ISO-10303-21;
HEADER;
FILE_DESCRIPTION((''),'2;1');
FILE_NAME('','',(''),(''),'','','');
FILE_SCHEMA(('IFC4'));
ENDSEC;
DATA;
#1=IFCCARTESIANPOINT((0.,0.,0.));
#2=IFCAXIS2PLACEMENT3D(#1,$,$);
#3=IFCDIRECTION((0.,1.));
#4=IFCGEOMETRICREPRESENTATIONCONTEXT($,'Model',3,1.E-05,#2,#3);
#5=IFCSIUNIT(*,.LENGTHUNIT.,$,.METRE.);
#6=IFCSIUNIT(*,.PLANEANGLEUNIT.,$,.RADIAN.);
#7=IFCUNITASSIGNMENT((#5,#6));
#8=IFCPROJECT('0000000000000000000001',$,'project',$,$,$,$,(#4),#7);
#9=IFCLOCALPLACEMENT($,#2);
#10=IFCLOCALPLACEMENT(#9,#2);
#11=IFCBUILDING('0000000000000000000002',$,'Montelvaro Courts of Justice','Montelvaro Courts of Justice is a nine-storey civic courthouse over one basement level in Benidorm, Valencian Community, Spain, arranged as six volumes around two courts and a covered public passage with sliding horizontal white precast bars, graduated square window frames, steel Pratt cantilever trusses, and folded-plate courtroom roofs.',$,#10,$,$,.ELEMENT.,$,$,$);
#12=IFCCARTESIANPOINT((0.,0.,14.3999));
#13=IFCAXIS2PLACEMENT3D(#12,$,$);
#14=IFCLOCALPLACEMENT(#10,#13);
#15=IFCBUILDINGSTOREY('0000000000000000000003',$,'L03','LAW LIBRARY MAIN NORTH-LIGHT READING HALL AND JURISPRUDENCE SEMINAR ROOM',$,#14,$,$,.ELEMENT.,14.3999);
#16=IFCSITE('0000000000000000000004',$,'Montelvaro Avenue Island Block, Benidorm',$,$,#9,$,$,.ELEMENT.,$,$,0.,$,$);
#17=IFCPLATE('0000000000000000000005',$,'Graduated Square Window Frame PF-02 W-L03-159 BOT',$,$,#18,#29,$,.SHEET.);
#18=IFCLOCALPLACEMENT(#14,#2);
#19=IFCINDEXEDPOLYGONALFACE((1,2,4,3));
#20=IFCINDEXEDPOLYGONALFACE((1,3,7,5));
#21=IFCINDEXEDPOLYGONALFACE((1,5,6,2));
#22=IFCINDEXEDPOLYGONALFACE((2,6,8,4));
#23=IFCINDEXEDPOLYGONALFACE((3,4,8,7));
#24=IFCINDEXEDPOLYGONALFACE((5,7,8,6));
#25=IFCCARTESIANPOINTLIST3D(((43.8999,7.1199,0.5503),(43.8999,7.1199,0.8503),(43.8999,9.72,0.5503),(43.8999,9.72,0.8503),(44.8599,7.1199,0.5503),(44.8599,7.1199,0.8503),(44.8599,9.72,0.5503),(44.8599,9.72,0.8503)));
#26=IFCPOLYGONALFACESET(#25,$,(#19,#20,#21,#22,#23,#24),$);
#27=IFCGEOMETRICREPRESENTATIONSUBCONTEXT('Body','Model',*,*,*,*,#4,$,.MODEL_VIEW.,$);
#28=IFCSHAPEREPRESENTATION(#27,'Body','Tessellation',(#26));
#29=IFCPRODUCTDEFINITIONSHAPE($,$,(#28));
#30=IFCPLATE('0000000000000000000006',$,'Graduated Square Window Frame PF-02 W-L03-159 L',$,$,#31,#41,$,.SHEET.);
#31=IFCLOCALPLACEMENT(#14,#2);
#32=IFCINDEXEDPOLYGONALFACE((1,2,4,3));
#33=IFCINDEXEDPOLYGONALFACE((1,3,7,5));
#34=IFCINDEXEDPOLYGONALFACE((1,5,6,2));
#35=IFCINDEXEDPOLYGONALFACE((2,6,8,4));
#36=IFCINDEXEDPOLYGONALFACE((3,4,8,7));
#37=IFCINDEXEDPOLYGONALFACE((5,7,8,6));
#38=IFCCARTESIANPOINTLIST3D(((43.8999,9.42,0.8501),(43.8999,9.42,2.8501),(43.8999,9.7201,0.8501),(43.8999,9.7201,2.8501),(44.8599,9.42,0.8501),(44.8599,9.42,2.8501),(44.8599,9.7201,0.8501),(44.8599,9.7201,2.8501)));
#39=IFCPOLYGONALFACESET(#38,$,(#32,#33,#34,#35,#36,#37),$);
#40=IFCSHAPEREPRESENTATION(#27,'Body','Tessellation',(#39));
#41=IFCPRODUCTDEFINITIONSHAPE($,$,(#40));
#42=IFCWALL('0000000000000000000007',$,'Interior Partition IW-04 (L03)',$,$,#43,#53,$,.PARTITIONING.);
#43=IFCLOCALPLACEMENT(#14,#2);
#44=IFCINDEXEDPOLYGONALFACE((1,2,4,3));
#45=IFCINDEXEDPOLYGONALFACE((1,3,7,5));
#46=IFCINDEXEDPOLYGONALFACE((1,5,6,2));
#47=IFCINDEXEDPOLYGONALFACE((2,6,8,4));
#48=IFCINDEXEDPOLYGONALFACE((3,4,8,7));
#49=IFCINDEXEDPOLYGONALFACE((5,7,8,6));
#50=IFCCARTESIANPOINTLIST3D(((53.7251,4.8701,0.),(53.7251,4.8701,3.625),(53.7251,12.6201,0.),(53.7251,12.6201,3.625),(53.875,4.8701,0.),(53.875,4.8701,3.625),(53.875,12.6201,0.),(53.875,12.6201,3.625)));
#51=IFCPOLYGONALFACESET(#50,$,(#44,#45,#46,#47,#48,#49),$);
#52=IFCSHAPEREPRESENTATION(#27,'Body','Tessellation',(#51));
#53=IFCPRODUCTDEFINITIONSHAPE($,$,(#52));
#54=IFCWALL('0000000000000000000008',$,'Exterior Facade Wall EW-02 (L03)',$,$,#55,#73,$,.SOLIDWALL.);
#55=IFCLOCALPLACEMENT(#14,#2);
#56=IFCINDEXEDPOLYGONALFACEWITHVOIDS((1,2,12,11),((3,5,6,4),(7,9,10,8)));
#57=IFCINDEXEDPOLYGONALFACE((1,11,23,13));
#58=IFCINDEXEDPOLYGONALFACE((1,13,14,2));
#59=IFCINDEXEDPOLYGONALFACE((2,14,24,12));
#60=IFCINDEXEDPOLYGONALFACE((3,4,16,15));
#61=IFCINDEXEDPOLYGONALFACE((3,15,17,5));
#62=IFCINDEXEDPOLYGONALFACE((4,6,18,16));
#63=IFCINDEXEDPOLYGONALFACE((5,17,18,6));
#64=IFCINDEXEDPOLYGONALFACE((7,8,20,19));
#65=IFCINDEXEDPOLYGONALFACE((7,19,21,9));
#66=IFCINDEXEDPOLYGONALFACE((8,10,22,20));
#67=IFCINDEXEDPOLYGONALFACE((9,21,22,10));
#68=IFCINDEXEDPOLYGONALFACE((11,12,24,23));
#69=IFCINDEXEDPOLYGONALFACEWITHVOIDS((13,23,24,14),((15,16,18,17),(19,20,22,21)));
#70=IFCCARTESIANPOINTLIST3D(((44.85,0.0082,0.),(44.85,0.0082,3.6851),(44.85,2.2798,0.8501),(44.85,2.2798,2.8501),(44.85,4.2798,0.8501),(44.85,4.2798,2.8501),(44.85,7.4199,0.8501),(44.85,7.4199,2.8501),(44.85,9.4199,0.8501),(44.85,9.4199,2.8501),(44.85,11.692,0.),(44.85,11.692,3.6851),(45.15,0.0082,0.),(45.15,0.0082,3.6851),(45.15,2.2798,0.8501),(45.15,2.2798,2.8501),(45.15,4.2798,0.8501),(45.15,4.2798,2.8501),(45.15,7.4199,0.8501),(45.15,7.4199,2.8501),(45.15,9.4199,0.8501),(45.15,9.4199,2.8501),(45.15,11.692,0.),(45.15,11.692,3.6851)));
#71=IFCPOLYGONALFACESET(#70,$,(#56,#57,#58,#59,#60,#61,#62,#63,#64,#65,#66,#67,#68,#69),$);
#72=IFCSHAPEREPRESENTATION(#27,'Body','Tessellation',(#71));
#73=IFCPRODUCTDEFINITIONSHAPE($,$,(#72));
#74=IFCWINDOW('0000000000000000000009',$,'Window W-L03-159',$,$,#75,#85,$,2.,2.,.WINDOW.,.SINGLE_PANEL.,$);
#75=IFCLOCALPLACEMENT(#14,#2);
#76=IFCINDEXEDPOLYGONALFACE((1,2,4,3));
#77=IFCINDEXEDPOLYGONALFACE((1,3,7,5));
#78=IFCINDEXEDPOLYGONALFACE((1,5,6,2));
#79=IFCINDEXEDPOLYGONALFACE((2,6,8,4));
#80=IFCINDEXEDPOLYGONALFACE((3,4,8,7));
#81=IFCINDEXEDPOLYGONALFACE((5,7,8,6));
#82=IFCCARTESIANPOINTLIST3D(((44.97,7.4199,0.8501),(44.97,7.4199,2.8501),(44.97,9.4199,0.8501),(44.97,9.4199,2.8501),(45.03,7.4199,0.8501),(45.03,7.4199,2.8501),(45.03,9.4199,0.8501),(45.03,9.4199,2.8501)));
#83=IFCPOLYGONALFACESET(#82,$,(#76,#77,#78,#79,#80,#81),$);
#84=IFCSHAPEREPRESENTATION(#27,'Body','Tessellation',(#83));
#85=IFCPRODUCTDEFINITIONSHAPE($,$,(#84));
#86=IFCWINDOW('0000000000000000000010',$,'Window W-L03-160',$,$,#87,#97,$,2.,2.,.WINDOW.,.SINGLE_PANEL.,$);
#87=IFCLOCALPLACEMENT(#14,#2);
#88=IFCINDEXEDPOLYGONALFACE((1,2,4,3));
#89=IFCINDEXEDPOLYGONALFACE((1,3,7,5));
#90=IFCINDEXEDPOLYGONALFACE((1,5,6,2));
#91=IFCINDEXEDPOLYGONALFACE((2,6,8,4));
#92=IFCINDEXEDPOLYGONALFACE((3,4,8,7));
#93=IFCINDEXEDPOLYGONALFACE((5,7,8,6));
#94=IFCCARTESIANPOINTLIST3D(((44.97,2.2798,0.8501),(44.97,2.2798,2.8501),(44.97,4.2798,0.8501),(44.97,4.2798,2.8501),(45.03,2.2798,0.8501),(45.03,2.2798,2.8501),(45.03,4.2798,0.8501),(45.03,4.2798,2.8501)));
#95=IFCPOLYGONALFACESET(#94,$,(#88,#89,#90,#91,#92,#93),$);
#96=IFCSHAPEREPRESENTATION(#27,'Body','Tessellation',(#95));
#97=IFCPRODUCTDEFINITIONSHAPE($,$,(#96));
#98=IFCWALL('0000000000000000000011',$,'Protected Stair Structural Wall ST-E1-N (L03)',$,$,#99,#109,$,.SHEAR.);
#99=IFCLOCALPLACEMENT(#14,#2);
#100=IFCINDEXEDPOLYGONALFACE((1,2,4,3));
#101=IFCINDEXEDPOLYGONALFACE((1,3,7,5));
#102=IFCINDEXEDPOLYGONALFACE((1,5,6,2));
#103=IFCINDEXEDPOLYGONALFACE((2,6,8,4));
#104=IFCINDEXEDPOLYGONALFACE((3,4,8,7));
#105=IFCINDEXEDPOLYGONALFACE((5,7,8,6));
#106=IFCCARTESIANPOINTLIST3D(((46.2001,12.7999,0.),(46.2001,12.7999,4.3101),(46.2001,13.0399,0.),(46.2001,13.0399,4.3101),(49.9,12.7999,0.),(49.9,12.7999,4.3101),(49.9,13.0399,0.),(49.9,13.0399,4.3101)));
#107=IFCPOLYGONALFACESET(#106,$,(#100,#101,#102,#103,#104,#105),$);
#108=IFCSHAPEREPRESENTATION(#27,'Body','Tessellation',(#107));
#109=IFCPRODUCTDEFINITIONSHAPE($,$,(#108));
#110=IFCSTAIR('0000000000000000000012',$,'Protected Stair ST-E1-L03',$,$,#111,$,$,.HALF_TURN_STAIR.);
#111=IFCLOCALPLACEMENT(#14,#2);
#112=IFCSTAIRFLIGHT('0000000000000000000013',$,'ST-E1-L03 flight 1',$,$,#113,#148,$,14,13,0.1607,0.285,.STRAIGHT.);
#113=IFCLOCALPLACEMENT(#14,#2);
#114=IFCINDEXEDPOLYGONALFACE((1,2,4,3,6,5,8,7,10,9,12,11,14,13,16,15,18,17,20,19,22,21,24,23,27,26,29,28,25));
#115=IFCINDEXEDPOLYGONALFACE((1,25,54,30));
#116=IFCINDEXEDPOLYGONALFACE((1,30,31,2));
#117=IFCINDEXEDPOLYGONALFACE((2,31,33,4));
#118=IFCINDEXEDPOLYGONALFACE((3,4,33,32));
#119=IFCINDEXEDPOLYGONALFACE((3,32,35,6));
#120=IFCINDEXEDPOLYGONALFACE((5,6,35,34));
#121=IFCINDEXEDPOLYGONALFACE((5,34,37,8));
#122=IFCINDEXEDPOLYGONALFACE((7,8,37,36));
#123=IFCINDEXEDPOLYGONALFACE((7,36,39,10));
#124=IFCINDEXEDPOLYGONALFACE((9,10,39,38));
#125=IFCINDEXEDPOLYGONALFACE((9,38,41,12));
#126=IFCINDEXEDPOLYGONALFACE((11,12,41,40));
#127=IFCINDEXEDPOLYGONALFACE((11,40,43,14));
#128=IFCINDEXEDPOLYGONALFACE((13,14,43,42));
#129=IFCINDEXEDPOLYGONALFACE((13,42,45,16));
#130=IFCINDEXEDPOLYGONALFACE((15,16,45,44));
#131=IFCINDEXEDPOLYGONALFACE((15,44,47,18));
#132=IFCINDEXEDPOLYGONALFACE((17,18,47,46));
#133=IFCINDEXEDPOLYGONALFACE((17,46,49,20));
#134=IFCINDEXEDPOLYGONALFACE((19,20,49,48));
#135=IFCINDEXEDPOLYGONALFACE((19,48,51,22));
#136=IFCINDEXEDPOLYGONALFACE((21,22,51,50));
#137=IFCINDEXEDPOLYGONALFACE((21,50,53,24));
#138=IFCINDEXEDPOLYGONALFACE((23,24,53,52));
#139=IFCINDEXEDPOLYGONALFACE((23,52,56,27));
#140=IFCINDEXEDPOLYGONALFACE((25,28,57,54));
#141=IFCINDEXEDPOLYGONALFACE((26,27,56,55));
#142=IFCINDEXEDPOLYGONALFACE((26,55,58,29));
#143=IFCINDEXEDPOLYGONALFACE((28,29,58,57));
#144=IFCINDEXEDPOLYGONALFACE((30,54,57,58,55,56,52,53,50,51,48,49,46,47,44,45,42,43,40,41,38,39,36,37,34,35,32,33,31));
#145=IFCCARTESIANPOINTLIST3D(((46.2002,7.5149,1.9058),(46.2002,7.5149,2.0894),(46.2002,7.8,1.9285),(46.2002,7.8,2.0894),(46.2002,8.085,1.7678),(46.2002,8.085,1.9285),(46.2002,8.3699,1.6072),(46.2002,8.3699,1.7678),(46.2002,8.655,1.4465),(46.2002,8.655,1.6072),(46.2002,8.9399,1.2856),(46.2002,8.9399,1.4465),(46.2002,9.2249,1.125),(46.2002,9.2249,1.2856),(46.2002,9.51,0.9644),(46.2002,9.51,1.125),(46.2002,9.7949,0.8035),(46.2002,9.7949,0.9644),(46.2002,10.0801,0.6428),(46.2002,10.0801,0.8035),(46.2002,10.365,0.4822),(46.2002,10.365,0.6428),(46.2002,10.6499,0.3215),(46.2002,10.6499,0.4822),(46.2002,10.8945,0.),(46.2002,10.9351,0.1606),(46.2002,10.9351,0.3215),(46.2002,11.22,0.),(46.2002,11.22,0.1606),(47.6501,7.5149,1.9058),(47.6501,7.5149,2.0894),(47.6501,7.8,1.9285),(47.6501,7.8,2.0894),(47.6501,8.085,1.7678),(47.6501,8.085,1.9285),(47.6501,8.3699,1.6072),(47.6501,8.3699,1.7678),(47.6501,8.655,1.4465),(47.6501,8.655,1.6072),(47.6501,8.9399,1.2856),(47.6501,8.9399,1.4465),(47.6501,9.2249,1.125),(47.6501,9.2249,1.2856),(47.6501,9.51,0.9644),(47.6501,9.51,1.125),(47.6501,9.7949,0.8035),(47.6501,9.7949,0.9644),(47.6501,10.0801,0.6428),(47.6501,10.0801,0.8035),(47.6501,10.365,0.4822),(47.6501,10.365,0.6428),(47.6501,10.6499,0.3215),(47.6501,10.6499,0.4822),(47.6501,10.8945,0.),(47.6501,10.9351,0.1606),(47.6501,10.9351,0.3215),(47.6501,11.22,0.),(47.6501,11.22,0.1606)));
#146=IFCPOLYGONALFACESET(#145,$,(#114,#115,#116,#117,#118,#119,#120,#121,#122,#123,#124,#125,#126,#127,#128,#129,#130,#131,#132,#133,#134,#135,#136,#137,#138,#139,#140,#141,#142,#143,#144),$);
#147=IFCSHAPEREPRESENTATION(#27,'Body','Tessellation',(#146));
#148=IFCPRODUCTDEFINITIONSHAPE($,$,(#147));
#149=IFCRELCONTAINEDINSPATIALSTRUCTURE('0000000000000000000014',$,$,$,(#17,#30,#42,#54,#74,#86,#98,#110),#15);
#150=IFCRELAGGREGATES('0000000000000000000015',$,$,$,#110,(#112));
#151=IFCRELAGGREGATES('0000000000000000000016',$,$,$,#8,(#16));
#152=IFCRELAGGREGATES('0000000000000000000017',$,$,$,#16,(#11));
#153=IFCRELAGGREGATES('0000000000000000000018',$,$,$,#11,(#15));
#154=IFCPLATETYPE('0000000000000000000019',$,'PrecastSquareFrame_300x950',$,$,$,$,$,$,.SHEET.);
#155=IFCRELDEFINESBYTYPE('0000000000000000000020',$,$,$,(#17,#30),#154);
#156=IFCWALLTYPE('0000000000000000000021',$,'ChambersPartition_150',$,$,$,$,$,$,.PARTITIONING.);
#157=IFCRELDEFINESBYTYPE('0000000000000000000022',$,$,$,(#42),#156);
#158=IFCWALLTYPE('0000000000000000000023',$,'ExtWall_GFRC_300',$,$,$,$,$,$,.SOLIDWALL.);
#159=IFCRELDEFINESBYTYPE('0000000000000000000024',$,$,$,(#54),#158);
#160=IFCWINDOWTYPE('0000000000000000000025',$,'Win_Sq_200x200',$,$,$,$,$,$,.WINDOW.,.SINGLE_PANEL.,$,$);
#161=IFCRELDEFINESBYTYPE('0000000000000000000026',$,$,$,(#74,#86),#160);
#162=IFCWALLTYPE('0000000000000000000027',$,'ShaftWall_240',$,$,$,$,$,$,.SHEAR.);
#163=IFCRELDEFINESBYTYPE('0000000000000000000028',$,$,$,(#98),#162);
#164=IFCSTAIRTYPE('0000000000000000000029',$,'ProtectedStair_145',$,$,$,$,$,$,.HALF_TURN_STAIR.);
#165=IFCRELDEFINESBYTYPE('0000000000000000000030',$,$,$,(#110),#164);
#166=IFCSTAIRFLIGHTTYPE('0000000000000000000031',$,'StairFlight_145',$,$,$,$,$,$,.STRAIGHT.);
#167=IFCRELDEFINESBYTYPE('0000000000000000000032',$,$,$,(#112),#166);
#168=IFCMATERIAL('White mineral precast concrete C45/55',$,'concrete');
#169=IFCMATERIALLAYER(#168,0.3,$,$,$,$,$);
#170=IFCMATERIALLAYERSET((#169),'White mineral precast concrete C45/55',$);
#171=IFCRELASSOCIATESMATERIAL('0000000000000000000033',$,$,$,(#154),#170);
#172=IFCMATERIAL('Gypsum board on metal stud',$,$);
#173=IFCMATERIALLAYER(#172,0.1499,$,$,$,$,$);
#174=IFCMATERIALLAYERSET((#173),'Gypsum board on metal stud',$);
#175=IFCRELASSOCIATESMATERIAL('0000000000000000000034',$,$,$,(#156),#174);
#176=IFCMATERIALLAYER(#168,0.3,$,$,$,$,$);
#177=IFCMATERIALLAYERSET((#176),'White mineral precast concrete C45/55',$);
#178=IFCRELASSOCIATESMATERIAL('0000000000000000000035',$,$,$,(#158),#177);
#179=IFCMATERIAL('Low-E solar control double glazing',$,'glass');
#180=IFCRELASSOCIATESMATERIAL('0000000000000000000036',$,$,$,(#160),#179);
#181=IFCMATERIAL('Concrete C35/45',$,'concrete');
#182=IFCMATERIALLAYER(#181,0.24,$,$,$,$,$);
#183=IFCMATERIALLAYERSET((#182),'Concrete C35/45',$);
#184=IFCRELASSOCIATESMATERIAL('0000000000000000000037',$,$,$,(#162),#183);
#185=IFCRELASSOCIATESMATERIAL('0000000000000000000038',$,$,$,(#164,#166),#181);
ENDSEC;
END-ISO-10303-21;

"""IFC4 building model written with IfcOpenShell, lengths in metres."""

from ifc_helpers import new_model, si_unit, direction, frame, frame_2d, origin, origin_2d, place, context, subcontext, project, spatial, polyline, rectangle, outline, extrude, material, layer, layer_set, type_object, element, fill, aggregate, save


model = new_model("IFC4")

# Units and contexts
model_context = context("Model", 3, precision=1e-05, world=origin(), true_north=direction((0.0, 1.0)))
body_context = subcontext(model_context, "Body", "Model", "MODEL_VIEW")
ifc_project = project(units=[si_unit("LENGTHUNIT", "METRE"), si_unit("PLANEANGLEUNIT", "RADIAN")], contexts=[model_context])

# Site, building, storey
site_placement = place(None, origin())
site = spatial("IfcSite", under=ifc_project, at=site_placement, Name="Montelvaro Avenue Island Block, Benidorm", CompositionType="ELEMENT", RefElevation=0.0)
building_placement = place(site_placement, origin())
building = spatial("IfcBuilding", under=site, at=building_placement, Name="Montelvaro Courts of Justice", Description="Montelvaro Courts of Justice is a nine-storey civic courthouse over one basement level in Benidorm, Valencian Community, Spain, arranged as six volumes around two courts and a covered public passage with sliding horizontal white precast bars, graduated square window frames, steel Pratt cantilever trusses, and folded-plate courtroom roofs.", CompositionType="ELEMENT")
storey_placement = place(building_placement, frame((0.0, 0.0, 14.3999)))
storey = spatial("IfcBuildingStorey", under=building, at=storey_placement, Name="L03", Description="LAW LIBRARY MAIN NORTH-LIGHT READING HALL AND JURISPRUDENCE SEMINAR ROOM", CompositionType="ELEMENT", Elevation=14.3999)

# Plates
ifc_material_1 = material(Name="White mineral precast concrete C45/55", Category="concrete")
ifc_layer_1 = layer(ifc_material_1, 0.3)
ifc_layer_set_1 = layer_set([ifc_layer_1], Name="White mineral precast concrete C45/55")
plate_type = type_object("IfcPlateType", Name="PrecastSquareFrame_300x950", PredefinedType="SHEET", material=ifc_layer_set_1)
plate_1_placement = place(storey_placement, frame((44.3799, 8.4199, 0.5503), z_axis=(0.0, 0.0, 1.0), x_axis=(0.0, -1.0, 0.0)))
element("IfcPlate", 1, at=plate_1_placement, inside=storey, type_object=plate_type, Name="Graduated Square Window Frame PF-02 W-L03-159 BOT", PredefinedType="SHEET", context=body_context, shape_type="SweptSolid", body=[
    extrude(rectangle(XDim=2.6001, YDim=0.96, at=origin_2d()), origin(), (0.0, 0.0, 1.0), 0.3),
])
plate_2_placement = place(storey_placement, frame((44.3799, 9.5701, 0.8501), z_axis=(0.0, 0.0, 1.0), x_axis=(0.0, -1.0, 0.0)))
element("IfcPlate", 2, at=plate_2_placement, inside=storey, type_object=plate_type, Name="Graduated Square Window Frame PF-02 W-L03-159 L", PredefinedType="SHEET", context=body_context, shape_type="SweptSolid", body=[
    extrude(rectangle(XDim=0.3, YDim=0.96, at=origin_2d()), origin(), (0.0, 0.0, 1.0), 2.0),
])

# Wall
ifc_material_2 = material(Name="Gypsum board on metal stud")
ifc_layer_2 = layer(ifc_material_2, 0.1499)
ifc_layer_set_2 = layer_set([ifc_layer_2], Name="Gypsum board on metal stud")
wall_type_1 = type_object("IfcWallType", Name="ChambersPartition_150", PredefinedType="PARTITIONING", material=ifc_layer_set_2)
wall_1_placement = place(storey_placement, frame((53.8, 12.6201, 0.0), z_axis=(0.0, 0.0, 1.0), x_axis=(0.0, -1.0, 0.0)))
element("IfcWall", 3, at=wall_1_placement, inside=storey, type_object=wall_type_1, Name="Interior Partition IW-04 (L03)", PredefinedType="PARTITIONING", context=body_context, shape_type="SweptSolid", body=[
    extrude(rectangle(XDim=7.75, YDim=0.1499, at=frame_2d((3.875, 0.0))), origin(), (0.0, 0.0, 1.0), 3.625),
])

# Wall, openings, windows
ifc_layer_3 = layer(ifc_material_1, 0.3)
ifc_layer_set_3 = layer_set([ifc_layer_3], Name="White mineral precast concrete C45/55")
wall_type_2 = type_object("IfcWallType", Name="ExtWall_GFRC_300", PredefinedType="SOLIDWALL", material=ifc_layer_set_3)
wall_2_placement = place(storey_placement, frame((45.0, 11.6919, 0.0), z_axis=(0.0, 0.0, 1.0), x_axis=(0.0, -1.0, 0.0)))
wall_2 = element("IfcWall", 4, at=wall_2_placement, inside=storey, type_object=wall_type_2, Name="Exterior Facade Wall EW-02 (L03)", PredefinedType="SOLIDWALL", context=body_context, shape_type="SweptSolid", body=[
    extrude(rectangle(XDim=11.6838, YDim=0.3, at=frame_2d((5.8418, 0.0))), origin(), (0.0, 0.0, 1.0), 3.6851),
])
opening_1_placement = place(wall_2_placement, frame((2.272, 0.0, 0.8501)))
opening_1 = element("IfcOpeningElement", 5, at=opening_1_placement, cuts=wall_2, PredefinedType="OPENING", context=body_context, shape_type="SweptSolid", body=[
    extrude(rectangle(XDim=2.0, YDim=2.0, at=frame_2d((1.0, 1.0))), frame((0.0, 0.165, 0.0), z_axis=(0.0, -1.0, 0.0), x_axis=(1.0, 0.0, 0.0)), (0.0, 0.0, 1.0), 0.3298),
])
opening_2_placement = place(wall_2_placement, frame((7.4121, 0.0, 0.8501)))
opening_2 = element("IfcOpeningElement", 6, at=opening_2_placement, cuts=wall_2, PredefinedType="OPENING", context=body_context, shape_type="SweptSolid", body=[
    extrude(rectangle(XDim=2.0, YDim=2.0, at=frame_2d((1.0, 1.0))), frame((0.0, 0.165, 0.0), z_axis=(0.0, -1.0, 0.0), x_axis=(1.0, 0.0, 0.0)), (0.0, 0.0, 1.0), 0.3298),
])
ifc_material_3 = material(Name="Low-E solar control double glazing", Category="glass")
window_type = type_object("IfcWindowType", Name="Win_Sq_200x200", PartitioningType="SINGLE_PANEL", PredefinedType="WINDOW", material=ifc_material_3)
window_1_placement = place(opening_1_placement, origin())
window_1 = element("IfcWindow", 7, at=window_1_placement, inside=storey, type_object=window_type, Name="Window W-L03-159", OverallHeight=2.0, OverallWidth=2.0, PartitioningType="SINGLE_PANEL", PredefinedType="WINDOW", context=body_context, shape_type="SweptSolid", body=[
    extrude(rectangle(XDim=2.0, YDim=2.0, at=frame_2d((1.0, 1.0))), frame((0.0, 0.03, 0.0), z_axis=(0.0, -1.0, 0.0), x_axis=(1.0, 0.0, 0.0)), (0.0, 0.0, 1.0), 0.0601),
])
fill(opening_1, window_1)
window_2_placement = place(opening_2_placement, origin())
window_2 = element("IfcWindow", 8, at=window_2_placement, inside=storey, type_object=window_type, Name="Window W-L03-160", OverallHeight=2.0, OverallWidth=2.0, PartitioningType="SINGLE_PANEL", PredefinedType="WINDOW", context=body_context, shape_type="SweptSolid", body=[
    extrude(rectangle(XDim=2.0, YDim=2.0, at=frame_2d((1.0, 1.0))), frame((0.0, 0.03, 0.0), z_axis=(0.0, -1.0, 0.0), x_axis=(1.0, 0.0, 0.0)), (0.0, 0.0, 1.0), 0.0601),
])
fill(opening_2, window_2)

# Wall
ifc_material_4 = material(Name="Concrete C35/45", Category="concrete")
ifc_layer_4 = layer(ifc_material_4, 0.24)
ifc_layer_set_4 = layer_set([ifc_layer_4], Name="Concrete C35/45")
wall_type_3 = type_object("IfcWallType", Name="ShaftWall_240", PredefinedType="SHEAR", material=ifc_layer_set_4)
wall_3_placement = place(storey_placement, frame((46.2, 12.9199, 0.0), z_axis=(0.0, 0.0, 1.0), x_axis=(1.0, 0.0, 0.0)))
element("IfcWall", 9, at=wall_3_placement, inside=storey, type_object=wall_type_3, Name="Protected Stair Structural Wall ST-E1-N (L03)", PredefinedType="SHEAR", context=body_context, shape_type="SweptSolid", body=[
    extrude(rectangle(XDim=3.7, YDim=0.24, at=frame_2d((1.8501, 0.0))), origin(), (0.0, 0.0, 1.0), 4.3101),
])

# Stair, stair flight
stair_type = type_object("IfcStairType", Name="ProtectedStair_145", PredefinedType="HALF_TURN_STAIR", material=ifc_material_4)
stair_placement = place(storey_placement, origin())
stair = element("IfcStair", 10, at=stair_placement, inside=storey, type_object=stair_type, Name="Protected Stair ST-E1-L03", PredefinedType="HALF_TURN_STAIR")
stair_flight_type = type_object("IfcStairFlightType", Name="StairFlight_145", PredefinedType="STRAIGHT", material=ifc_material_4)
stair_flight_placement = place(storey_placement, frame((46.925, 11.22, 0.0), z_axis=(0.0, 0.0, 1.0), x_axis=(0.0, -1.0, 0.0)))
stair_flight = element("IfcStairFlight", 11, at=stair_flight_placement, type_object=stair_flight_type, Name="ST-E1-L03 flight 1", NumberOfRisers=14, NumberOfTreads=13, PredefinedType="STRAIGHT", RiserHeight=0.1607, TreadLength=0.285, context=body_context, shape_type="SweptSolid", body=[
    extrude(outline(polyline([(0.0, 0.0), (0.0, 0.1606), (0.2849, 0.1606), (0.2849, 0.3215), (0.5701, 0.3215), (0.5701, 0.4822), (0.855, 0.4822), (0.855, 0.6428), (1.1399, 0.6428), (1.1399, 0.8035), (1.425, 0.8035), (1.425, 0.9644), (1.71, 0.9644), (1.71, 1.125), (1.9951, 1.125), (1.9951, 1.2856), (2.28, 1.2856), (2.28, 1.4465), (2.5649, 1.4465), (2.5649, 1.6072), (2.8501, 1.6072), (2.8501, 1.7678), (3.135, 1.7678), (3.135, 1.9285), (3.4199, 1.9285), (3.4199, 2.0894), (3.7051, 2.0894), (3.7051, 2.25), (3.7051, 1.9058), (0.3254, 0.0), (0.0, 0.0)])), frame((0.0, 0.7251, 0.0), z_axis=(0.0, -1.0, 0.0), x_axis=(1.0, 0.0, 0.0)), (0.0, 0.0, 1.0), 1.45),
])
aggregate(stair, [stair_flight])

save(model, "model.ifc")
